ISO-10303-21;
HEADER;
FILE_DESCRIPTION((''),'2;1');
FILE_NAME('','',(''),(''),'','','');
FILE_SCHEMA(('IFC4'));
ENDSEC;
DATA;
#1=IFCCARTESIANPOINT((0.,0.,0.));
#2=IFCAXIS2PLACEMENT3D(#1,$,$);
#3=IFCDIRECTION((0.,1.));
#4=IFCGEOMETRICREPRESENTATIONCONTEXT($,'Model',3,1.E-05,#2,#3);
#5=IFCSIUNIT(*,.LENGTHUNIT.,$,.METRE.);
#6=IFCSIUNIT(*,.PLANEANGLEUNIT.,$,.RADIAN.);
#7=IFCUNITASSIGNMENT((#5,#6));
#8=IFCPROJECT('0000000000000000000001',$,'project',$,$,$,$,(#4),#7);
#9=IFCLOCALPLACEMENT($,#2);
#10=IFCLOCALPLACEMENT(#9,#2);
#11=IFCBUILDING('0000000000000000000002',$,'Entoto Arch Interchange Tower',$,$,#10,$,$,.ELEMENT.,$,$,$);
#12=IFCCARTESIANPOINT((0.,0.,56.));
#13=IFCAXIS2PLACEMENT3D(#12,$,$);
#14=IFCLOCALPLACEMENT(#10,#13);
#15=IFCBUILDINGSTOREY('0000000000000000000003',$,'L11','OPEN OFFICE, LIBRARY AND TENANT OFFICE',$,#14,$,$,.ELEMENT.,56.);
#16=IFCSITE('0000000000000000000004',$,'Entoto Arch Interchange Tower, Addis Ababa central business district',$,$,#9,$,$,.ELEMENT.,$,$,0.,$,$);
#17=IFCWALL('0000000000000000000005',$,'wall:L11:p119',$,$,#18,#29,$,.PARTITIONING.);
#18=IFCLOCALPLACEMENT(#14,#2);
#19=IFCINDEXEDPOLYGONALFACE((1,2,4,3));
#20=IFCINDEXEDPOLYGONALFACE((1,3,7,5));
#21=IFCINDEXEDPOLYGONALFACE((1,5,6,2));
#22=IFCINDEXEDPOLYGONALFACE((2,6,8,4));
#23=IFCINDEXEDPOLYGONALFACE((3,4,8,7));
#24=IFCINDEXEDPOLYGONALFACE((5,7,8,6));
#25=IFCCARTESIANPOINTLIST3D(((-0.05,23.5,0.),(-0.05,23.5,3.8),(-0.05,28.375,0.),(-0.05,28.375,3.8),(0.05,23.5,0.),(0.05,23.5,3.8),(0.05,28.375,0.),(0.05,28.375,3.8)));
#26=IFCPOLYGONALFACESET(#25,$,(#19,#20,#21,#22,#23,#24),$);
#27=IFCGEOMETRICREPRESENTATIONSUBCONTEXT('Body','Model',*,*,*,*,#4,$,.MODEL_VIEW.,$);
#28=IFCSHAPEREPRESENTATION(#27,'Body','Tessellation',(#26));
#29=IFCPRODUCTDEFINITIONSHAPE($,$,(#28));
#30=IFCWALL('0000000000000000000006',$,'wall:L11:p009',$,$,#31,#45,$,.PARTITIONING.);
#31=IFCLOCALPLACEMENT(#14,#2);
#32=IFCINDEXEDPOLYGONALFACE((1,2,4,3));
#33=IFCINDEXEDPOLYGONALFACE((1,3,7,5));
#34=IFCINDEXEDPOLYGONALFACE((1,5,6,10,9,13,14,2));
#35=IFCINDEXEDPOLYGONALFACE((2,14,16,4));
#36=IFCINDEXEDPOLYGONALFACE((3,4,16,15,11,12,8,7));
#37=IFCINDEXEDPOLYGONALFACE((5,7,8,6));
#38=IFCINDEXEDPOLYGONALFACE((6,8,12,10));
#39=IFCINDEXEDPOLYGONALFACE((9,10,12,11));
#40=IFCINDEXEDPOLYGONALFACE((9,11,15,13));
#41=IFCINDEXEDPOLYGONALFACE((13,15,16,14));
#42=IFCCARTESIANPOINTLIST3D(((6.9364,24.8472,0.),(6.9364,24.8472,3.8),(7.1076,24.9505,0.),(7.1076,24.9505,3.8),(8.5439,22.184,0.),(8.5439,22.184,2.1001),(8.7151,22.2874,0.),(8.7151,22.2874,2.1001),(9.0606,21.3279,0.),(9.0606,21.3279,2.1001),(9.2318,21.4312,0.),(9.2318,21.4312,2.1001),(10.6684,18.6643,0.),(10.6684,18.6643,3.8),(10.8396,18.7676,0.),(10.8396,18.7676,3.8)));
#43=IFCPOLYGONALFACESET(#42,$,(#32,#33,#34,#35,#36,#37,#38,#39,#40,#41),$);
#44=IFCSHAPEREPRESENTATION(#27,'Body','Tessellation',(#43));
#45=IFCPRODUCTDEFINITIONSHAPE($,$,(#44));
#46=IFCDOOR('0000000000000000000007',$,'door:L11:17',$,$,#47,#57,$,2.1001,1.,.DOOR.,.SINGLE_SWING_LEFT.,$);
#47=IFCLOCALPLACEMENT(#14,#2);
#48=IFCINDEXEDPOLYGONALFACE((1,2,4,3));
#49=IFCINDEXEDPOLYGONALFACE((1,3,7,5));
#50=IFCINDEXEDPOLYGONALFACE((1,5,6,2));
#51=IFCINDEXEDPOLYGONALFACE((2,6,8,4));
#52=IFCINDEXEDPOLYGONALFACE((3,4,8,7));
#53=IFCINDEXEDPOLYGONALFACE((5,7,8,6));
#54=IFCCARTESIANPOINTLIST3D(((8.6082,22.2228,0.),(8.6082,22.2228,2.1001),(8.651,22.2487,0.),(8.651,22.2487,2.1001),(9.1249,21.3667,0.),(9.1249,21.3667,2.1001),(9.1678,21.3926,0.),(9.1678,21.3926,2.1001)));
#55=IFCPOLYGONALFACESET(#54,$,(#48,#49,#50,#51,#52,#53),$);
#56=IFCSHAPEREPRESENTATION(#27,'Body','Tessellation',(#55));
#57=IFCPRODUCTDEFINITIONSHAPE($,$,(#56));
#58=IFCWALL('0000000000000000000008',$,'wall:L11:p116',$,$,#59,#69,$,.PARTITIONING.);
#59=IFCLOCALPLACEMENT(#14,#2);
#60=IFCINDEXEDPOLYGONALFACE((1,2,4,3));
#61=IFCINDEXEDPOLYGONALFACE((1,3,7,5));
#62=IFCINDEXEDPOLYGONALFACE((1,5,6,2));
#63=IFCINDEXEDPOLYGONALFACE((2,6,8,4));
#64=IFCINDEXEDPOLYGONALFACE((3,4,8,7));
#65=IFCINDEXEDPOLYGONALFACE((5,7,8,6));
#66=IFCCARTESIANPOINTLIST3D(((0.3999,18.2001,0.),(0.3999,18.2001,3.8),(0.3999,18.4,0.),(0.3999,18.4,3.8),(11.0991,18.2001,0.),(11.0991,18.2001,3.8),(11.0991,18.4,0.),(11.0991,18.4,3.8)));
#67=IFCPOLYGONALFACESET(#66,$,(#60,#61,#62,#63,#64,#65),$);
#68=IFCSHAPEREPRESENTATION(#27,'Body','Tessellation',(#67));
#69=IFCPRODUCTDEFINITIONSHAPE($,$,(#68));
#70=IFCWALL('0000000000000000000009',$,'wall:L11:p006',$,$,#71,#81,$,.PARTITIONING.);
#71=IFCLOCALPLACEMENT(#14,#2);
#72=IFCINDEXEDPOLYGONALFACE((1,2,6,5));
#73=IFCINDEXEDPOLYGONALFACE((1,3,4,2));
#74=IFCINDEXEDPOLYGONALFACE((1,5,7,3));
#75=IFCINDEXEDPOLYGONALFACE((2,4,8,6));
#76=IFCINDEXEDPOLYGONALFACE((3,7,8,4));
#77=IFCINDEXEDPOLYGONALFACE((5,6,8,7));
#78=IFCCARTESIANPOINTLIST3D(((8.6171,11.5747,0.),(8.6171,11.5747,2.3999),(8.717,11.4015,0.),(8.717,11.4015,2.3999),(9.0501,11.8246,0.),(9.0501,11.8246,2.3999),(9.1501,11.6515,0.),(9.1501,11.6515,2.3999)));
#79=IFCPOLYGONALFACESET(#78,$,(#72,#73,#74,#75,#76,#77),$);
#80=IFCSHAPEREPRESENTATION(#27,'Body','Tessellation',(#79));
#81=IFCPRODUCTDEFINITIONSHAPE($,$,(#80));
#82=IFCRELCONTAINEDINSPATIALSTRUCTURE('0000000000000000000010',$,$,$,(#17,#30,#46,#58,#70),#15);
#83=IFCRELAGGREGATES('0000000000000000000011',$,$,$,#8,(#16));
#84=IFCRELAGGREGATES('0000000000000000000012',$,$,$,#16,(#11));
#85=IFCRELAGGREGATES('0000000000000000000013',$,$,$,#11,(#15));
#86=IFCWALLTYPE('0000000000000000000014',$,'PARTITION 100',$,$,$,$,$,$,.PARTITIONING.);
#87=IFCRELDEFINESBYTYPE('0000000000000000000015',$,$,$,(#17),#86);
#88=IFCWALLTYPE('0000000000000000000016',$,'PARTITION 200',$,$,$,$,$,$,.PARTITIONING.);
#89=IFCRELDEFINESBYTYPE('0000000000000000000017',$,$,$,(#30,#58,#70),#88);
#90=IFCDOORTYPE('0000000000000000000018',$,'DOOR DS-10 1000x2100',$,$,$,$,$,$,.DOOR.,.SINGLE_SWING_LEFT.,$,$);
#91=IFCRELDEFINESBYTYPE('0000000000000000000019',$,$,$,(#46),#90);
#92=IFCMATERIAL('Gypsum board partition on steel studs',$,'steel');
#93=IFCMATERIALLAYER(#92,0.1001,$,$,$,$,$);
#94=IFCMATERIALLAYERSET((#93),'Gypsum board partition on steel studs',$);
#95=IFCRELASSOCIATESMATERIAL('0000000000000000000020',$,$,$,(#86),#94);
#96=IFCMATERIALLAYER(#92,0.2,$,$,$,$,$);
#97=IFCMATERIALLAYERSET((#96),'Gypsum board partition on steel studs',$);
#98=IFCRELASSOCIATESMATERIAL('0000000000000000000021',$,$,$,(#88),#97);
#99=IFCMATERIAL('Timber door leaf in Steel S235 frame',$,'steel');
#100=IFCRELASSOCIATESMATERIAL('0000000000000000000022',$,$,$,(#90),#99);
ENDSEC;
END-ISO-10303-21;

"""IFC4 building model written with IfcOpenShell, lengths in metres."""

from ifc_helpers import new_model, si_unit, direction, frame, frame_2d, origin, place, context, subcontext, project, spatial, rectangle, extrude, material, layer, layer_set, type_object, element, fill, save


model = new_model("IFC4")

# Units and contexts
model_context = context("Model", 3, precision=1e-05, world=origin(), true_north=direction((0.0, 1.0)))
body_context = subcontext(model_context, "Body", "Model", "MODEL_VIEW")
ifc_project = project(units=[si_unit("LENGTHUNIT", "METRE"), si_unit("PLANEANGLEUNIT", "RADIAN")], contexts=[model_context])

# Site, building, storey
site_placement = place(None, origin())
site = spatial("IfcSite", under=ifc_project, at=site_placement, Name="Entoto Arch Interchange Tower, Addis Ababa central business district", CompositionType="ELEMENT", RefElevation=0.0)
building_placement = place(site_placement, origin())
building = spatial("IfcBuilding", under=site, at=building_placement, Name="Entoto Arch Interchange Tower", CompositionType="ELEMENT")
storey_placement = place(building_placement, frame((0.0, 0.0, 56.0)))
storey = spatial("IfcBuildingStorey", under=building, at=storey_placement, Name="L11", Description="OPEN OFFICE, LIBRARY AND TENANT OFFICE", CompositionType="ELEMENT", Elevation=56.0)

# Wall
ifc_material_1 = material(Name="Gypsum board partition on steel studs", Category="steel")
ifc_layer_1 = layer(ifc_material_1, 0.1001)
ifc_layer_set_1 = layer_set([ifc_layer_1], Name="Gypsum board partition on steel studs")
wall_type_1 = type_object("IfcWallType", Name="PARTITION 100", PredefinedType="PARTITIONING", material=ifc_layer_set_1)
wall_1_placement = place(storey_placement, frame((0.0, 23.5, 0.0), z_axis=(0.0, 0.0, 1.0), x_axis=(0.0, 1.0, 0.0)))
element("IfcWall", 1, at=wall_1_placement, inside=storey, type_object=wall_type_1, Name="wall:L11:p119", PredefinedType="PARTITIONING", context=body_context, shape_type="SweptSolid", body=[
    extrude(rectangle(XDim=4.875, YDim=0.1001, at=frame_2d((2.4375, 0.0))), origin(), (0.0, 0.0, 1.0), 3.8),
])

# Wall, opening, door
ifc_layer_2 = layer(ifc_material_1, 0.2)
ifc_layer_set_2 = layer_set([ifc_layer_2], Name="Gypsum board partition on steel studs")
wall_type_2 = type_object("IfcWallType", Name="PARTITION 200", PredefinedType="PARTITIONING", material=ifc_layer_set_2)
wall_2_placement = place(storey_placement, frame((10.7539, 18.7161, 0.0), z_axis=(0.0, 0.0, 1.0), x_axis=(-0.516756, 0.856133, 0.0)))
wall_2 = element("IfcWall", 2, at=wall_2_placement, inside=storey, type_object=wall_type_2, Name="wall:L11:p009", PredefinedType="PARTITIONING", context=body_context, shape_type="SweptSolid", body=[
    extrude(rectangle(XDim=7.2219, YDim=0.2, at=frame_2d((3.6108, 0.0))), origin(), (0.0, 0.0, 1.0), 3.8),
])
opening_1_placement = place(wall_2_placement, frame((3.1111, 0.0, 0.0)))
opening_1 = element("IfcOpeningElement", 3, at=opening_1_placement, cuts=wall_2, PredefinedType="OPENING", context=body_context, shape_type="SweptSolid", body=[
    extrude(rectangle(XDim=1.0, YDim=2.1001, at=frame_2d((0.5, 1.05))), frame((0.0, 0.1099, 0.0), z_axis=(0.0, -1.0, 0.0), x_axis=(1.0, 0.0, 0.0)), (0.0, 0.0, 1.0), 0.22),
])
ifc_material_2 = material(Name="Timber door leaf in Steel S235 frame", Category="steel")
door_type_1 = type_object("IfcDoorType", Name="DOOR DS-10 1000x2100", OperationType="SINGLE_SWING_LEFT", PredefinedType="DOOR", material=ifc_material_2)
door_1_placement = place(opening_1_placement, origin())
door_1 = element("IfcDoor", 4, at=door_1_placement, inside=storey, type_object=door_type_1, Name="door:L11:17", OperationType="SINGLE_SWING_LEFT", OverallHeight=2.1001, OverallWidth=1.0, PredefinedType="DOOR", context=body_context, shape_type="SweptSolid", body=[
    extrude(rectangle(XDim=1.0, YDim=2.1001, at=frame_2d((0.5, 1.05))), frame((0.0, 0.0249, 0.0), z_axis=(0.0, -1.0, 0.0), x_axis=(1.0, 0.0, 0.0)), (0.0, 0.0, 1.0), 0.05),
])
fill(opening_1, door_1)

# Walls
wall_3_placement = place(storey_placement, frame((0.3999, 18.3, 0.0), z_axis=(0.0, 0.0, 1.0), x_axis=(1.0, 0.0, 0.0)))
element("IfcWall", 5, at=wall_3_placement, inside=storey, type_object=wall_type_2, Name="wall:L11:p116", PredefinedType="PARTITIONING", context=body_context, shape_type="SweptSolid", body=[
    extrude(rectangle(XDim=10.6992, YDim=0.2, at=frame_2d((5.3496, 0.0))), origin(), (0.0, 0.0, 1.0), 3.8),
])
wall_4_placement = place(storey_placement, frame((9.1001, 11.738, 0.0), z_axis=(0.0, 0.0, 1.0), x_axis=(-0.866072, -0.49992, 0.0)))
element("IfcWall", 6, at=wall_4_placement, inside=storey, type_object=wall_type_2, Name="wall:L11:p006", PredefinedType="PARTITIONING", context=body_context, shape_type="SweptSolid", body=[
    extrude(rectangle(XDim=0.5, YDim=0.2, at=frame_2d((0.25, 0.0))), origin(), (0.0, 0.0, 1.0), 2.3999),
])

save(model, "model.ifc")
